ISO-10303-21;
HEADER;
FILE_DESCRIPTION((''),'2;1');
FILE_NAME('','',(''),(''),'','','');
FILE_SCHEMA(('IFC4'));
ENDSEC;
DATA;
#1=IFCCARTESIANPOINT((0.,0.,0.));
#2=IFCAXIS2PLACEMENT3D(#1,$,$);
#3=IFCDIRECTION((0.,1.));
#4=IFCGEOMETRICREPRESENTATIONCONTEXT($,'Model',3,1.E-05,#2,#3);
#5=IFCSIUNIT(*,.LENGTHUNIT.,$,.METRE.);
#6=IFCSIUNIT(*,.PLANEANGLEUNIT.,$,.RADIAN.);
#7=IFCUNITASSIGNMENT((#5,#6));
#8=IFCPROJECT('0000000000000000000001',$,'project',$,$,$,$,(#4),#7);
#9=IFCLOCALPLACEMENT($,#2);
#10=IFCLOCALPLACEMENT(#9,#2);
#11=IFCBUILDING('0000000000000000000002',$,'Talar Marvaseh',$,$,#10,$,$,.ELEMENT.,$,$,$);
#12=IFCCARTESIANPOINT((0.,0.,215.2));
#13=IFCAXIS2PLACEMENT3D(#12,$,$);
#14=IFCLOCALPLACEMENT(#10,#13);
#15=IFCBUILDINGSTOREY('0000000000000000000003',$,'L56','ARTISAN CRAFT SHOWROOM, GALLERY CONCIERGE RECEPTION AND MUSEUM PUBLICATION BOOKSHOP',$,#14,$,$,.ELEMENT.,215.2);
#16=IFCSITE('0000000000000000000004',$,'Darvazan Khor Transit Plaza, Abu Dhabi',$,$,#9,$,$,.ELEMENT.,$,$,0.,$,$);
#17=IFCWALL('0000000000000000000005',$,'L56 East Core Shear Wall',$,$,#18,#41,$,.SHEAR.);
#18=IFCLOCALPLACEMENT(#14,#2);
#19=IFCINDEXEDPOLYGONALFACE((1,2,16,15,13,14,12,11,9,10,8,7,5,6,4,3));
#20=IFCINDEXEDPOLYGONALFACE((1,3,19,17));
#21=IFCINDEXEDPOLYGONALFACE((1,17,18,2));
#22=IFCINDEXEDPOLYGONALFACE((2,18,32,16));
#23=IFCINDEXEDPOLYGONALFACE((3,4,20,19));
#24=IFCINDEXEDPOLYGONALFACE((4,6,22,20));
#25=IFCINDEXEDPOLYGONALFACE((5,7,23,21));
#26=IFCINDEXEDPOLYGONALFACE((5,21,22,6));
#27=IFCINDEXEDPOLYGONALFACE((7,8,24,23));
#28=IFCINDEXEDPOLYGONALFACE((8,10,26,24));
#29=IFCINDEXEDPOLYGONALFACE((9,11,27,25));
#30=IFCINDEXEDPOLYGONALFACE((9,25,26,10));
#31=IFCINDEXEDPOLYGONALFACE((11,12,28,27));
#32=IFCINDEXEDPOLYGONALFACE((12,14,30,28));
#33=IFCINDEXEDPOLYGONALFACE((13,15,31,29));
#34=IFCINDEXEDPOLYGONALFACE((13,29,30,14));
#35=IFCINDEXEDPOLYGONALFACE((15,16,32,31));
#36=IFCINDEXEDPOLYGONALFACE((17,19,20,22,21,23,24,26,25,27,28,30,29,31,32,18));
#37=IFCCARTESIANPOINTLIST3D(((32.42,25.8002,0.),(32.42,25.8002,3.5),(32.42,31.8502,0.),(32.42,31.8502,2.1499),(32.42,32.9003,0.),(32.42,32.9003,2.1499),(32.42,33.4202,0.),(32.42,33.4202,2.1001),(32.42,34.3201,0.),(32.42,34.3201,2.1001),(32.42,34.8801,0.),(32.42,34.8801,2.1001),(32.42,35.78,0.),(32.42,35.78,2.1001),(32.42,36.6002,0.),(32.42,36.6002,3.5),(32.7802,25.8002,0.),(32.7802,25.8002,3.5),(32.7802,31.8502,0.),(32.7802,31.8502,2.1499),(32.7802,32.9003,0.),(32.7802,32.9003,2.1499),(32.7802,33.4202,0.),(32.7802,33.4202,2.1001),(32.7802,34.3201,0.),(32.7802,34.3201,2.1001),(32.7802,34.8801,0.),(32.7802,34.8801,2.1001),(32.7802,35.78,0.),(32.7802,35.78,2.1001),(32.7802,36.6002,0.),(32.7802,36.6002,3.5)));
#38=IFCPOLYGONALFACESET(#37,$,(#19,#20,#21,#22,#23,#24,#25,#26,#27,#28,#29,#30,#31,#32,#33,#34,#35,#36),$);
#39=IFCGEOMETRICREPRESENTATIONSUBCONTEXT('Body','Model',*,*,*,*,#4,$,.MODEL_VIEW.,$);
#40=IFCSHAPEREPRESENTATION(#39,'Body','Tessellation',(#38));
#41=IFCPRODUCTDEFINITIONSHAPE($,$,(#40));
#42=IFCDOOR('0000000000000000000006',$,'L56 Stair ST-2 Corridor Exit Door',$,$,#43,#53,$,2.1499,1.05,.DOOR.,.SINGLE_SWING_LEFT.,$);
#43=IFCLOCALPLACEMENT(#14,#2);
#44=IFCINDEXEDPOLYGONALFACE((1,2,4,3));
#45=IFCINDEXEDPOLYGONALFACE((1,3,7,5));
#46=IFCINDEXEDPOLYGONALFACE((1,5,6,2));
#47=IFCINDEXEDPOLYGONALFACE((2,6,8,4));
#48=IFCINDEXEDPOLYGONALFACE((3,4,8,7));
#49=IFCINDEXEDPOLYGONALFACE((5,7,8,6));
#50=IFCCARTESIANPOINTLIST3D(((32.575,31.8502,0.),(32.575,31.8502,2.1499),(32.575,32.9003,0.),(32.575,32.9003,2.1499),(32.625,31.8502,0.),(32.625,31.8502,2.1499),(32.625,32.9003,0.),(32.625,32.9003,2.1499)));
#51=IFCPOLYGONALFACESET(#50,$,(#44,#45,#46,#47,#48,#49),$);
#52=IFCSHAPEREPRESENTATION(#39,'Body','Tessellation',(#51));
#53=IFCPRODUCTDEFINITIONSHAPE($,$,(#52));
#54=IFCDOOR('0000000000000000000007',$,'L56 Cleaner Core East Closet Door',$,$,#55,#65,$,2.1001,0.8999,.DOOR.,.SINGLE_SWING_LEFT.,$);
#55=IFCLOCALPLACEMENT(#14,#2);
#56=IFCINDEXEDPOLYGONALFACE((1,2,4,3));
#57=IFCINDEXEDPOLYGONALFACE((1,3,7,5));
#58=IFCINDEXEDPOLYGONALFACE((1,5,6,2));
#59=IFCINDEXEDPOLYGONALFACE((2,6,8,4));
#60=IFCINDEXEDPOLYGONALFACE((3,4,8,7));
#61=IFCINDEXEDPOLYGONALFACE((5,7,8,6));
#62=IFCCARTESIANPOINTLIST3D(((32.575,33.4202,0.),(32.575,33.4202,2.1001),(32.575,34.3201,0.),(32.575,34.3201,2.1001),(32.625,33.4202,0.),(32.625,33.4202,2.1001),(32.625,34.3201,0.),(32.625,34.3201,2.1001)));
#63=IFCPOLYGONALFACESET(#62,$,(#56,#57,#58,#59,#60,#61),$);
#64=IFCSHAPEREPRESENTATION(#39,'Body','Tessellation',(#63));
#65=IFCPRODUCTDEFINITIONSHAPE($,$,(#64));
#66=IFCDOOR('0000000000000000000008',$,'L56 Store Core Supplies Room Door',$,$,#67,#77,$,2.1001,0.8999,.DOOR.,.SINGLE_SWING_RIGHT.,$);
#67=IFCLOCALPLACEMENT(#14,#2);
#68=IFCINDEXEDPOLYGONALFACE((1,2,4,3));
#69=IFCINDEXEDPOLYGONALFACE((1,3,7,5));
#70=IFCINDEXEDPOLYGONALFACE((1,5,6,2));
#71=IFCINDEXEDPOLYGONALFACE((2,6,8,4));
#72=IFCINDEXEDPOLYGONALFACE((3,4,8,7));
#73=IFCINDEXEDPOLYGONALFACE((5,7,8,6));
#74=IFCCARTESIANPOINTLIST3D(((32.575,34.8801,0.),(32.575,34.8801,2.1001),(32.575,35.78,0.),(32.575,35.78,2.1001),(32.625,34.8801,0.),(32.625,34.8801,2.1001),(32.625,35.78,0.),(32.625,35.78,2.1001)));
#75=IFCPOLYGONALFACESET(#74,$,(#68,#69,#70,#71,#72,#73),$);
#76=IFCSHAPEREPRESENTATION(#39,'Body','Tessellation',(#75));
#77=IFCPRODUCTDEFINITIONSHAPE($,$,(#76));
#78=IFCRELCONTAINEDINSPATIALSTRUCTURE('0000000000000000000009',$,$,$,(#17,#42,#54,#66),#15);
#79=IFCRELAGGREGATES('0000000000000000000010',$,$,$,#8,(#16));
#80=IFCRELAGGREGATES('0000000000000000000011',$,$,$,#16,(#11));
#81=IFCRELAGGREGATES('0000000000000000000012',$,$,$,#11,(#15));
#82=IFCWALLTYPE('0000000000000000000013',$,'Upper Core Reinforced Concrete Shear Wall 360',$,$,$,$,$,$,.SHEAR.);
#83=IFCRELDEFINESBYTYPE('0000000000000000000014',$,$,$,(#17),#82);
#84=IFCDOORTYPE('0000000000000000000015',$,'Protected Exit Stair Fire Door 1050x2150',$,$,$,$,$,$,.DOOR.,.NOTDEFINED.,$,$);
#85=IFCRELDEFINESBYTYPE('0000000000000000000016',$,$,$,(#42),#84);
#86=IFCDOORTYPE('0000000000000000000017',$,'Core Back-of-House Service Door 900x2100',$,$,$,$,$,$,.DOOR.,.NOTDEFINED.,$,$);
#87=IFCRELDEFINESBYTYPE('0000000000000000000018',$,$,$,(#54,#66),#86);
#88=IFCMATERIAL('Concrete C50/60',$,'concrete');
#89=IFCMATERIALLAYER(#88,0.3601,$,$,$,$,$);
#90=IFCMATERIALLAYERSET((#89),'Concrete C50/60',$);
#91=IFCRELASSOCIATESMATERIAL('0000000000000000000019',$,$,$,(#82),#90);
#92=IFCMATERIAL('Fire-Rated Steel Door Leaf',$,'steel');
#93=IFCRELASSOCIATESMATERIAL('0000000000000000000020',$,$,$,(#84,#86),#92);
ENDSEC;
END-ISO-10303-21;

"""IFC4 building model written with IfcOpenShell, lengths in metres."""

from ifc_helpers import new_model, si_unit, direction, frame, frame_2d, origin, place, context, subcontext, project, spatial, rectangle, extrude, source, transform, mapped, material, layer, layer_set, type_object, type_shapes, element, fill, save


model = new_model("IFC4")

# Units and contexts
model_context = context("Model", 3, precision=1e-05, world=origin(), true_north=direction((0.0, 1.0)))
body_context = subcontext(model_context, "Body", "Model", "MODEL_VIEW")
ifc_project = project(units=[si_unit("LENGTHUNIT", "METRE"), si_unit("PLANEANGLEUNIT", "RADIAN")], contexts=[model_context])

# Site, building, storey
site_placement = place(None, origin())
site = spatial("IfcSite", under=ifc_project, at=site_placement, Name="Darvazan Khor Transit Plaza, Abu Dhabi", CompositionType="ELEMENT", RefElevation=0.0)
building_placement = place(site_placement, origin())
building = spatial("IfcBuilding", under=site, at=building_placement, Name="Talar Marvaseh", CompositionType="ELEMENT")
storey_placement = place(building_placement, frame((0.0, 0.0, 215.2)))
storey = spatial("IfcBuildingStorey", under=building, at=storey_placement, Name="L56", Description="ARTISAN CRAFT SHOWROOM, GALLERY CONCIERGE RECEPTION AND MUSEUM PUBLICATION BOOKSHOP", CompositionType="ELEMENT", Elevation=215.2)

# Wall, openings, doors
ifc_material_1 = material(Name="Concrete C50/60", Category="concrete")
ifc_layer_1 = layer(ifc_material_1, 0.3601)
ifc_layer_set_1 = layer_set([ifc_layer_1], Name="Concrete C50/60")
wall_type_1 = type_object("IfcWallType", Name="Upper Core Reinforced Concrete Shear Wall 360", PredefinedType="SHEAR", material=ifc_layer_set_1)
wall_1_placement = place(storey_placement, frame((32.6001, 36.6001, 0.0), z_axis=(0.0, 0.0, 1.0), x_axis=(0.0, -1.0, 0.0)))
wall_1 = element("IfcWall", 1, at=wall_1_placement, inside=storey, type_object=wall_type_1, Name="L56 East Core Shear Wall", PredefinedType="SHEAR", context=body_context, shape_type="SweptSolid", body=[
    extrude(rectangle(XDim=10.8, YDim=0.3601, at=frame_2d((5.3999, 0.0))), origin(), (0.0, 0.0, 1.0), 3.5),
])
opening_1_placement = place(wall_1_placement, frame((3.7, 0.0, 0.0)))
opening_1 = element("IfcOpeningElement", 2, at=opening_1_placement, cuts=wall_1, PredefinedType="OPENING", context=body_context, shape_type="SweptSolid", body=[
    extrude(rectangle(XDim=1.05, YDim=2.1499, at=frame_2d((0.5249, 1.075))), frame((0.0, 0.1899, 0.0), z_axis=(0.0, -1.0, 0.0), x_axis=(1.0, 0.0, 0.0)), (0.0, 0.0, 1.0), 0.3801),
])
opening_2_placement = place(wall_1_placement, frame((2.28, 0.0, 0.0)))
opening_2 = element("IfcOpeningElement", 3, at=opening_2_placement, cuts=wall_1, PredefinedType="OPENING", context=body_context, shape_type="SweptSolid", body=[
    extrude(rectangle(XDim=0.8999, YDim=2.1001, at=frame_2d((0.45, 1.05))), frame((0.0, 0.1899, 0.0), z_axis=(0.0, -1.0, 0.0), x_axis=(1.0, 0.0, 0.0)), (0.0, 0.0, 1.0), 0.3801),
])
opening_3_placement = place(wall_1_placement, frame((0.8201, 0.0, 0.0)))
opening_3 = element("IfcOpeningElement", 4, at=opening_3_placement, cuts=wall_1, PredefinedType="OPENING", context=body_context, shape_type="SweptSolid", body=[
    extrude(rectangle(XDim=0.8999, YDim=2.1001, at=frame_2d((0.45, 1.05))), frame((0.0, 0.1899, 0.0), z_axis=(0.0, -1.0, 0.0), x_axis=(1.0, 0.0, 0.0)), (0.0, 0.0, 1.0), 0.3801),
])
ifc_material_2 = material(Name="Fire-Rated Steel Door Leaf", Category="steel")
door_type_1 = type_object("IfcDoorType", Name="Protected Exit Stair Fire Door 1050x2150", OperationType="NOTDEFINED", PredefinedType="DOOR", material=ifc_material_2)
shared_shape_1 = source(origin(), body_context, "Body", "SweptSolid", [
    extrude(rectangle(XDim=1.05, YDim=2.1499, at=frame_2d((0.5249, 1.075))), frame((0.0, 0.0249, 0.0), z_axis=(0.0, -1.0, 0.0), x_axis=(1.0, 0.0, 0.0)), (0.0, 0.0, 1.0), 0.05),
])
type_shapes(door_type_1, [shared_shape_1])
door_1_placement = place(opening_1_placement, origin())
door_1 = element("IfcDoor", 5, at=door_1_placement, inside=storey, type_object=door_type_1, Name="L56 Stair ST-2 Corridor Exit Door", OperationType="SINGLE_SWING_LEFT", OverallHeight=2.1499, OverallWidth=1.05, PredefinedType="DOOR", context=body_context, shape_type="MappedRepresentation", body=[
    mapped(shared_shape_1, transform((0.0, 0.0, 0.0), x_axis=(1.0, 0.0, 0.0), y_axis=(0.0, 1.0, 0.0), z_axis=(0.0, 0.0, 1.0), scale=1.0)),
])
fill(opening_1, door_1)
door_type_2 = type_object("IfcDoorType", Name="Core Back-of-House Service Door 900x2100", OperationType="NOTDEFINED", PredefinedType="DOOR", material=ifc_material_2)
shared_shape_2 = source(origin(), body_context, "Body", "SweptSolid", [
    extrude(rectangle(XDim=0.8999, YDim=2.1001, at=frame_2d((0.45, 1.05))), frame((0.0, 0.0249, 0.0), z_axis=(0.0, -1.0, 0.0), x_axis=(1.0, 0.0, 0.0)), (0.0, 0.0, 1.0), 0.05),
])
type_shapes(door_type_2, [shared_shape_2])
door_2_placement = place(opening_2_placement, origin())
door_2 = element("IfcDoor", 6, at=door_2_placement, inside=storey, type_object=door_type_2, Name="L56 Cleaner Core East Closet Door", OperationType="SINGLE_SWING_LEFT", OverallHeight=2.1001, OverallWidth=0.8999, PredefinedType="DOOR", context=body_context, shape_type="MappedRepresentation", body=[
    mapped(shared_shape_2, transform((0.0, 0.0, 0.0), x_axis=(1.0, 0.0, 0.0), y_axis=(0.0, 1.0, 0.0), z_axis=(0.0, 0.0, 1.0), scale=1.0)),
])
fill(opening_2, door_2)
door_3_placement = place(opening_3_placement, origin())
door_3 = element("IfcDoor", 7, at=door_3_placement, inside=storey, type_object=door_type_2, Name="L56 Store Core Supplies Room Door", OperationType="SINGLE_SWING_RIGHT", OverallHeight=2.1001, OverallWidth=0.8999, PredefinedType="DOOR", context=body_context, shape_type="MappedRepresentation", body=[
    mapped(shared_shape_2, transform((0.0, 0.0, 0.0), x_axis=(1.0, 0.0, 0.0), y_axis=(0.0, 1.0, 0.0), z_axis=(0.0, 0.0, 1.0), scale=1.0)),
])
fill(opening_3, door_3)

save(model, "model.ifc")
